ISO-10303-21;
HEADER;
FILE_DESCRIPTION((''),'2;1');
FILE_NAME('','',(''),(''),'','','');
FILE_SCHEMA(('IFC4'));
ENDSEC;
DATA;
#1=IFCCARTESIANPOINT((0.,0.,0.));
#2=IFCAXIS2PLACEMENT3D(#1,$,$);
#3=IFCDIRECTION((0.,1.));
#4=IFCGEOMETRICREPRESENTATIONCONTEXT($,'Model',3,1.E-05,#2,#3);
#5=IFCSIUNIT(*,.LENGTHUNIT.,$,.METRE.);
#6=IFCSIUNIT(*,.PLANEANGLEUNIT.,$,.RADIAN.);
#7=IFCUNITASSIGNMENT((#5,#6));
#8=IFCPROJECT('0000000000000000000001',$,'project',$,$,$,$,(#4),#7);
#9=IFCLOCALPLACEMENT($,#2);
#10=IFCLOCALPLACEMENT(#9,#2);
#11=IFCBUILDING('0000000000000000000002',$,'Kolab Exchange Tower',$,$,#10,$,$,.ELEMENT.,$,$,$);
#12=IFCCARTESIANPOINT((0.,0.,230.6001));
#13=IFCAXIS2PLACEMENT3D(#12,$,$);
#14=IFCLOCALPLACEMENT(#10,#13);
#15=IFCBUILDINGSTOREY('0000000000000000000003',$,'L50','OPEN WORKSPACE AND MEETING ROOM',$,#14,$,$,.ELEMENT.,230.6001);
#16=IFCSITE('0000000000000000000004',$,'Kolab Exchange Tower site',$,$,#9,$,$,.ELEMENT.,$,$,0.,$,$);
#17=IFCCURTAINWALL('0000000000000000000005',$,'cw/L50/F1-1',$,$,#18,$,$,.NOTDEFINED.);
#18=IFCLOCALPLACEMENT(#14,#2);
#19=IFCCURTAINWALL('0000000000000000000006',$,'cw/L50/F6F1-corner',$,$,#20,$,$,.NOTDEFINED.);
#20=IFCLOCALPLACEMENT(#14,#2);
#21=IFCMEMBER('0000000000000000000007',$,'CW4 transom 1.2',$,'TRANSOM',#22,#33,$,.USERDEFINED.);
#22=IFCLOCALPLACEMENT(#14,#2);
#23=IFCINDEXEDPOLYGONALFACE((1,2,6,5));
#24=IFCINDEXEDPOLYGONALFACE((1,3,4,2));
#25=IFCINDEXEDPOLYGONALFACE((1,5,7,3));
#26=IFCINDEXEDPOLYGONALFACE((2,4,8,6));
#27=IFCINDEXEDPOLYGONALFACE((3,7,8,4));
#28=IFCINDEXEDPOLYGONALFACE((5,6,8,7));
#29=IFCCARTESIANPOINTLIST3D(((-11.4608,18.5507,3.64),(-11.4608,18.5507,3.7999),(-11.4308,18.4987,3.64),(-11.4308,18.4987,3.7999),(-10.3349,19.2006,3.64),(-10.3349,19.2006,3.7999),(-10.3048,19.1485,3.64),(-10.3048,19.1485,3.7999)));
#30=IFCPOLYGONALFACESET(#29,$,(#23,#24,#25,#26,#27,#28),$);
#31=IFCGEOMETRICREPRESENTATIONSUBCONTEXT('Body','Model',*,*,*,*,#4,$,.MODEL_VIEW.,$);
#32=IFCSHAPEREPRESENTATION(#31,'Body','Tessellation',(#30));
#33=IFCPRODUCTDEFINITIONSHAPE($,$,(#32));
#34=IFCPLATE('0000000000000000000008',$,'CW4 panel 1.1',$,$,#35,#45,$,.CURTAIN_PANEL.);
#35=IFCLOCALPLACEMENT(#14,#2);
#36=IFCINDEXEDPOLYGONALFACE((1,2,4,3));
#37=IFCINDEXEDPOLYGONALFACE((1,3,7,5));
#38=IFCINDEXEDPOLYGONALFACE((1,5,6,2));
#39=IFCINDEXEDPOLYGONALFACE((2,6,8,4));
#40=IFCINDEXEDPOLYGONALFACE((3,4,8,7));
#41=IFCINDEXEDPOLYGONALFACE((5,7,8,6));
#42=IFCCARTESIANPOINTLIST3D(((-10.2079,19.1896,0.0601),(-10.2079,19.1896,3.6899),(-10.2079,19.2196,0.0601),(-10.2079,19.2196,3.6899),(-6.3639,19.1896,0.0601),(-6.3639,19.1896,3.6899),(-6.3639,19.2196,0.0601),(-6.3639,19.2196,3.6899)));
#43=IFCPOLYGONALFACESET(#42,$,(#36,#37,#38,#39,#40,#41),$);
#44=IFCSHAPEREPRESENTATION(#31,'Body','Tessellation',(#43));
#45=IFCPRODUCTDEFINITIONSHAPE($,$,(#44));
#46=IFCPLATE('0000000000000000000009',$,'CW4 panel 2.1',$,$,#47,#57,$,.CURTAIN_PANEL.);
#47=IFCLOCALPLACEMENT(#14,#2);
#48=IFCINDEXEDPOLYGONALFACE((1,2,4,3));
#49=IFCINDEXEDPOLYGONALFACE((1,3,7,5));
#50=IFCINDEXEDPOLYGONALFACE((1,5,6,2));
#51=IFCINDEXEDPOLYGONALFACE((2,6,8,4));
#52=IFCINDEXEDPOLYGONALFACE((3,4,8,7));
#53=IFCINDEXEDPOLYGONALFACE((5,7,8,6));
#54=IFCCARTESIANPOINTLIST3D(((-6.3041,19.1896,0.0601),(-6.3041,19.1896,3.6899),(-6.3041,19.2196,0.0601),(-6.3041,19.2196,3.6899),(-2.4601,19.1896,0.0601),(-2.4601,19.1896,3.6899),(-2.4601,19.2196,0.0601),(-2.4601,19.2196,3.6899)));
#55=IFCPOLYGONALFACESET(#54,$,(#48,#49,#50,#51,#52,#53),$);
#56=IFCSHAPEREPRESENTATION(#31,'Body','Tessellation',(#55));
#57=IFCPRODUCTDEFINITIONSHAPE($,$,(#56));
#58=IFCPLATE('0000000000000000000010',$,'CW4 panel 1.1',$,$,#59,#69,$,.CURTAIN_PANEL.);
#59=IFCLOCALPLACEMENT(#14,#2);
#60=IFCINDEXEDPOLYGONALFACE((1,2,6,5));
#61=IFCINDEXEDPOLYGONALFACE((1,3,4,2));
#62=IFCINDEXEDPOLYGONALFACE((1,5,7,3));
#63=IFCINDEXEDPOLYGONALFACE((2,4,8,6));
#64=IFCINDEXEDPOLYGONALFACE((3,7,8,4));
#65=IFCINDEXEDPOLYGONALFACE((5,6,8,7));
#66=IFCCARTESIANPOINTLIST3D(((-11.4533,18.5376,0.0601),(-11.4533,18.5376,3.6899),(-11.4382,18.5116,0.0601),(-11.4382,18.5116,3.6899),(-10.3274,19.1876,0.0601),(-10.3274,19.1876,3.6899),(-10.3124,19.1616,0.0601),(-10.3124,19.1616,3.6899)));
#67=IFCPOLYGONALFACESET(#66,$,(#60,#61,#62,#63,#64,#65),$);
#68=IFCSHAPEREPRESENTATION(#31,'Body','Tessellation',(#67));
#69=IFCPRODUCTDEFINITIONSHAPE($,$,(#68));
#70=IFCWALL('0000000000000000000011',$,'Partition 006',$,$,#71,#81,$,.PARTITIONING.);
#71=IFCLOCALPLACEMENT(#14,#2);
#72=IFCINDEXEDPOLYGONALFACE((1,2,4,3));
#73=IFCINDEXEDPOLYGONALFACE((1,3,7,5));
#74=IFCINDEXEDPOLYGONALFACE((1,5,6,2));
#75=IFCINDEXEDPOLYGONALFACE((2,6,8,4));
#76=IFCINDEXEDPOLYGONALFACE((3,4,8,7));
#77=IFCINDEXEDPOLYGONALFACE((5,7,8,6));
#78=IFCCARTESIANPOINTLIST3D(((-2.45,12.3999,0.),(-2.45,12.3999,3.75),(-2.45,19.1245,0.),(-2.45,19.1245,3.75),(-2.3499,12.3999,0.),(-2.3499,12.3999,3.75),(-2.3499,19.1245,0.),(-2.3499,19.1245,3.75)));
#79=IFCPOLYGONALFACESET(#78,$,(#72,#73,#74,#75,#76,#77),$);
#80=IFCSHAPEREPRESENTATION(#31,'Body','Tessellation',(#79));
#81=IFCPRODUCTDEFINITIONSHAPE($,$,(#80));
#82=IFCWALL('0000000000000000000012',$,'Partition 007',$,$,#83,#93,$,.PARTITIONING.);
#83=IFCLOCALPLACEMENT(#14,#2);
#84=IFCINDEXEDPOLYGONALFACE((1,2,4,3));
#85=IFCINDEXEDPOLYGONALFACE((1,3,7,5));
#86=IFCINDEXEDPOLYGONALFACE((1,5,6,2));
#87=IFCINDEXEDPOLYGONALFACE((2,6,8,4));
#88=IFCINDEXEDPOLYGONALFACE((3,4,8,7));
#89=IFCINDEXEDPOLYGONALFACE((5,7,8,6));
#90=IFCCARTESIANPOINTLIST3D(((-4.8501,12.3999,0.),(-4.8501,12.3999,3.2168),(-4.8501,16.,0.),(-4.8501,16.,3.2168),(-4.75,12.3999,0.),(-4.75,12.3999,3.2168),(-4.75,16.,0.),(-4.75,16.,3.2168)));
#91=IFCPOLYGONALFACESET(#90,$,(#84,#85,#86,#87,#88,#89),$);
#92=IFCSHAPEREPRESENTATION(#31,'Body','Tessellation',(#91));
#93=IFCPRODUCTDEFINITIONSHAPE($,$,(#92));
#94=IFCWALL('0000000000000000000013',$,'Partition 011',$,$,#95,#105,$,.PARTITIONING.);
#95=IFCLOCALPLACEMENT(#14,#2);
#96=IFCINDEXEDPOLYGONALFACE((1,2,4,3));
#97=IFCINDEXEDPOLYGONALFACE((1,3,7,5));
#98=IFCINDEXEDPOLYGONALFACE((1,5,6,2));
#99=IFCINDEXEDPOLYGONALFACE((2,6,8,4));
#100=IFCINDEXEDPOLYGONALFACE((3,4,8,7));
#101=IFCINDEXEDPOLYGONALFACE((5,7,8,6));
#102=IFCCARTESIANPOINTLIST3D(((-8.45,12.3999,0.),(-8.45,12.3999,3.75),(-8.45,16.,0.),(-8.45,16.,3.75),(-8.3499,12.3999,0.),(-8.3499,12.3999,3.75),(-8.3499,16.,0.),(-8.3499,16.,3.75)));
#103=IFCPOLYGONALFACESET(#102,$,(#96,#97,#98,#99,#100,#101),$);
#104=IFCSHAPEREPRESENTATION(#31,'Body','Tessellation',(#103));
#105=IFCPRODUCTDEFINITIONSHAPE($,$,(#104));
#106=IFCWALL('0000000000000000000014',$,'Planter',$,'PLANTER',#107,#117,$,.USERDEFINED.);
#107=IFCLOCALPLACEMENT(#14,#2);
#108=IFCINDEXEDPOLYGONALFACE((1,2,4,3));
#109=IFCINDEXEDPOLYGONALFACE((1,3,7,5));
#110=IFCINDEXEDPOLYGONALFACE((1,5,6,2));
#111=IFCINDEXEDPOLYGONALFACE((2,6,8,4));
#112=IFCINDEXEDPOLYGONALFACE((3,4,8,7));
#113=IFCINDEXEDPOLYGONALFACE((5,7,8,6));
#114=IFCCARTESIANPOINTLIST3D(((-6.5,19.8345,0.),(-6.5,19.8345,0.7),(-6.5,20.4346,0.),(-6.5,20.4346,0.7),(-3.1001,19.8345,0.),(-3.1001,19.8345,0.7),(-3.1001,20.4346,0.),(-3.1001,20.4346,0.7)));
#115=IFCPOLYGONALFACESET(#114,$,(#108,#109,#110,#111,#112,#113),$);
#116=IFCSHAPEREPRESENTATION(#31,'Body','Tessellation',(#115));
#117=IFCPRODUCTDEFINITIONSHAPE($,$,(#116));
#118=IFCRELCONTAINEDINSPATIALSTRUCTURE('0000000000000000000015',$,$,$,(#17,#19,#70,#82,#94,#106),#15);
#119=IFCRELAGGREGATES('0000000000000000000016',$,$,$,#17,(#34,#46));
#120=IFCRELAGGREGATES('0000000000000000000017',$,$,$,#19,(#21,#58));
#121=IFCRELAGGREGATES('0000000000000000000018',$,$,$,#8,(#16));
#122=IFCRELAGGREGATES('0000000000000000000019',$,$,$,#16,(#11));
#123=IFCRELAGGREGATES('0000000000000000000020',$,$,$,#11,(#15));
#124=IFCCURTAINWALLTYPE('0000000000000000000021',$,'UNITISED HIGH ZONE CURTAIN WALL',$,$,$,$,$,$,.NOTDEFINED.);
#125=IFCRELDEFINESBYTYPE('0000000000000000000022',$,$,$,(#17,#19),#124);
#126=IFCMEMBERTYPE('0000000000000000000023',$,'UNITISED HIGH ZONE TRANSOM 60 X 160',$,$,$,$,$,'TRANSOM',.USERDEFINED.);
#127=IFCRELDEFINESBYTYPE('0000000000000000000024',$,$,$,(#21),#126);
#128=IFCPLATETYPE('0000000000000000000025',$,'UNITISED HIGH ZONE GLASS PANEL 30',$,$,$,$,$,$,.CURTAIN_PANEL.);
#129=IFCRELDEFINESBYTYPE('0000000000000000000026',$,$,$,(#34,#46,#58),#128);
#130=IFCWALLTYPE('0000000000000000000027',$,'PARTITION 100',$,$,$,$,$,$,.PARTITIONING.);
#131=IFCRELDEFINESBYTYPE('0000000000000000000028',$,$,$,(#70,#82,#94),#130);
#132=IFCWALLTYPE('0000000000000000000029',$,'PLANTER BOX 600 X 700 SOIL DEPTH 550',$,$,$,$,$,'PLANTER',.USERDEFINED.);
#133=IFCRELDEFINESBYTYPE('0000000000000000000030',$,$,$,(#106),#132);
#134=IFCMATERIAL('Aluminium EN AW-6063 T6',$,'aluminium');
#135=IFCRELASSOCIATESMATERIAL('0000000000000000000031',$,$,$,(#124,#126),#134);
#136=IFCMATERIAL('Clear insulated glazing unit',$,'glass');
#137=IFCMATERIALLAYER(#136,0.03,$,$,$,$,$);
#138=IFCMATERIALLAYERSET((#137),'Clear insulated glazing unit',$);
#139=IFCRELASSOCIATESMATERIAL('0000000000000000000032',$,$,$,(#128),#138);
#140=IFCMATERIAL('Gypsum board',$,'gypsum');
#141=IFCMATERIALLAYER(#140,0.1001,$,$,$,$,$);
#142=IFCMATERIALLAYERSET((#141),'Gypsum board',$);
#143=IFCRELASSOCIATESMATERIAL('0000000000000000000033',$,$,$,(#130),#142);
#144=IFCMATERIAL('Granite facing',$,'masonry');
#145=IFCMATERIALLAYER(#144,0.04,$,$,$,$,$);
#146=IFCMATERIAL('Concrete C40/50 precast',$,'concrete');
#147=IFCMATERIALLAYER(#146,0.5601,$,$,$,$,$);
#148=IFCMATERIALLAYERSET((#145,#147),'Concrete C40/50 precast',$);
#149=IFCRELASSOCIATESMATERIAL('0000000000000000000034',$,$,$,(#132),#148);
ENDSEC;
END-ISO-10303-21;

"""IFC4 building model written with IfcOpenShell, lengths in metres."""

from ifc_helpers import new_model, si_unit, direction, frame, frame_2d, origin, origin_2d, place, context, subcontext, project, spatial, rectangle, extrude, material, layer, layer_set, material_profile, profile_set, type_object, element, aggregate, save


model = new_model("IFC4")

# Units and contexts
model_context = context("Model", 3, precision=1e-05, world=origin(), true_north=direction((0.0, 1.0)))
body_context = subcontext(model_context, "Body", "Model", "MODEL_VIEW")
ifc_project = project(units=[si_unit("LENGTHUNIT", "METRE"), si_unit("PLANEANGLEUNIT", "RADIAN")], contexts=[model_context])

# Site, building, storey
site_placement = place(None, origin())
site = spatial("IfcSite", under=ifc_project, at=site_placement, Name="Kolab Exchange Tower site", CompositionType="ELEMENT", RefElevation=0.0)
building_placement = place(site_placement, origin())
building = spatial("IfcBuilding", under=site, at=building_placement, Name="Kolab Exchange Tower", CompositionType="ELEMENT")
storey_placement = place(building_placement, frame((0.0, 0.0, 230.6001)))
storey = spatial("IfcBuildingStorey", under=building, at=storey_placement, Name="L50", Description="OPEN WORKSPACE AND MEETING ROOM", CompositionType="ELEMENT", Elevation=230.6001)

# Curtain wall
ifc_material_1 = material(Name="Aluminium EN AW-6063 T6", Category="aluminium")
curtain_wall_type = type_object("IfcCurtainWallType", Name="UNITISED HIGH ZONE CURTAIN WALL", PredefinedType="NOTDEFINED", material=ifc_material_1)
curtain_wall_1_placement = place(storey_placement, origin())
curtain_wall_1 = element("IfcCurtainWall", 1, at=curtain_wall_1_placement, inside=storey, type_object=curtain_wall_type, Name="cw/L50/F1-1", PredefinedType="NOTDEFINED")

# Curtain wall
curtain_wall_2_placement = place(storey_placement, origin())
curtain_wall_2 = element("IfcCurtainWall", 2, at=curtain_wall_2_placement, inside=storey, type_object=curtain_wall_type, Name="cw/L50/F6F1-corner", PredefinedType="NOTDEFINED")

# Member
ifc_material_profile_1 = material_profile(ifc_material_1, rectangle(XDim=0.0601, YDim=0.1599, at=origin_2d()), Name="RECT 60X160")
ifc_profile_set_1 = profile_set([ifc_material_profile_1], Name="Aluminium EN AW-6063 T6")
member_type_1 = type_object("IfcMemberType", Name="UNITISED HIGH ZONE TRANSOM 60 X 160", ElementType="TRANSOM", PredefinedType="USERDEFINED", material=ifc_profile_set_1)
member_1_placement = place(storey_placement, frame((-11.4458, 18.5247, 3.72), z_axis=(0.866086, 0.499896, 0.0), x_axis=(-0.499896, 0.866086, 0.0)))
member_1 = element("IfcMember", 3, at=member_1_placement, type_object=member_type_1, Name="CW4 transom 1.2", ObjectType="TRANSOM", PredefinedType="USERDEFINED", context=body_context, shape_type="SweptSolid", body=[
    extrude(rectangle(XDim=0.0601, YDim=0.1599, at=origin_2d()), origin(), (0.0, 0.0, 1.0), 1.3),
])

# Plates
ifc_material_2 = material(Name="Clear insulated glazing unit", Category="glass")
ifc_layer_1 = layer(ifc_material_2, 0.03)
ifc_layer_set_1 = layer_set([ifc_layer_1], Name="Clear insulated glazing unit")
plate_type = type_object("IfcPlateType", Name="UNITISED HIGH ZONE GLASS PANEL 30", PredefinedType="CURTAIN_PANEL", material=ifc_layer_set_1)
plate_1_placement = place(storey_placement, frame((-8.2859, 19.2046, 0.0601), z_axis=(0.0, 0.0, 1.0), x_axis=(1.0, 0.0, 0.0)))
plate_1 = element("IfcPlate", 4, at=plate_1_placement, type_object=plate_type, Name="CW4 panel 1.1", PredefinedType="CURTAIN_PANEL", context=body_context, shape_type="SweptSolid", body=[
    extrude(rectangle(XDim=3.844, YDim=0.03, at=origin_2d()), origin(), (0.0, 0.0, 1.0), 3.6299),
])
plate_2_placement = place(storey_placement, frame((-4.3821, 19.2046, 0.0601), z_axis=(0.0, 0.0, 1.0), x_axis=(1.0, 0.0, 0.0)))
plate_2 = element("IfcPlate", 5, at=plate_2_placement, type_object=plate_type, Name="CW4 panel 2.1", PredefinedType="CURTAIN_PANEL", context=body_context, shape_type="SweptSolid", body=[
    extrude(rectangle(XDim=3.844, YDim=0.03, at=origin_2d()), origin(), (0.0, 0.0, 1.0), 3.6299),
])
aggregate(curtain_wall_1, [plate_1, plate_2])
plate_3_placement = place(storey_placement, frame((-10.8828, 18.8496, 0.0601), z_axis=(0.0, 0.0, 1.0), x_axis=(0.866025, 0.5, 0.0)))
plate_3 = element("IfcPlate", 6, at=plate_3_placement, type_object=plate_type, Name="CW4 panel 1.1", PredefinedType="CURTAIN_PANEL", context=body_context, shape_type="SweptSolid", body=[
    extrude(rectangle(XDim=1.3, YDim=0.03, at=origin_2d()), origin(), (0.0, 0.0, 1.0), 3.6299),
])
aggregate(curtain_wall_2, [member_1, plate_3])

# Walls
ifc_material_3 = material(Name="Gypsum board", Category="gypsum")
ifc_layer_2 = layer(ifc_material_3, 0.1001)
ifc_layer_set_2 = layer_set([ifc_layer_2], Name="Gypsum board")
wall_type_1 = type_object("IfcWallType", Name="PARTITION 100", PredefinedType="PARTITIONING", material=ifc_layer_set_2)
wall_1_placement = place(storey_placement, frame((-2.3999, 12.3999, 0.0), z_axis=(0.0, 0.0, 1.0), x_axis=(0.0, 1.0, 0.0)))
element("IfcWall", 7, at=wall_1_placement, inside=storey, type_object=wall_type_1, Name="Partition 006", PredefinedType="PARTITIONING", context=body_context, shape_type="SweptSolid", body=[
    extrude(rectangle(XDim=6.7246, YDim=0.1001, at=frame_2d((3.3623, 0.0))), origin(), (0.0, 0.0, 1.0), 3.75),
])
wall_2_placement = place(storey_placement, frame((-4.8, 12.3999, 0.0), z_axis=(0.0, 0.0, 1.0), x_axis=(0.0, 1.0, 0.0)))
element("IfcWall", 8, at=wall_2_placement, inside=storey, type_object=wall_type_1, Name="Partition 007", PredefinedType="PARTITIONING", context=body_context, shape_type="SweptSolid", body=[
    extrude(rectangle(XDim=3.6001, YDim=0.1001, at=frame_2d((1.8, 0.0))), origin(), (0.0, 0.0, 1.0), 3.2168),
])
wall_3_placement = place(storey_placement, frame((-8.3999, 12.3999, 0.0), z_axis=(0.0, 0.0, 1.0), x_axis=(0.0, 1.0, 0.0)))
element("IfcWall", 9, at=wall_3_placement, inside=storey, type_object=wall_type_1, Name="Partition 011", PredefinedType="PARTITIONING", context=body_context, shape_type="SweptSolid", body=[
    extrude(rectangle(XDim=3.6001, YDim=0.1001, at=frame_2d((1.8, 0.0))), origin(), (0.0, 0.0, 1.0), 3.75),
])
ifc_material_4 = material(Name="Granite facing", Category="masonry")
ifc_layer_3 = layer(ifc_material_4, 0.04)
ifc_material_5 = material(Name="Concrete C40/50 precast", Category="concrete")
ifc_layer_4 = layer(ifc_material_5, 0.5601)
ifc_layer_set_3 = layer_set([ifc_layer_3, ifc_layer_4], Name="Concrete C40/50 precast")
wall_type_2 = type_object("IfcWallType", Name="PLANTER BOX 600 X 700 SOIL DEPTH 550", ElementType="PLANTER", PredefinedType="USERDEFINED", material=ifc_layer_set_3)
wall_4_placement = place(storey_placement, frame((-6.5, 20.1345, 0.0), z_axis=(0.0, 0.0, 1.0), x_axis=(1.0, 0.0, 0.0)))
element("IfcWall", 10, at=wall_4_placement, inside=storey, type_object=wall_type_2, Name="Planter", ObjectType="PLANTER", PredefinedType="USERDEFINED", context=body_context, shape_type="SweptSolid", body=[
    extrude(rectangle(XDim=3.3999, YDim=0.6001, at=frame_2d((1.7, 0.0))), origin(), (0.0, 0.0, 1.0), 0.7),
])

save(model, "model.ifc")
